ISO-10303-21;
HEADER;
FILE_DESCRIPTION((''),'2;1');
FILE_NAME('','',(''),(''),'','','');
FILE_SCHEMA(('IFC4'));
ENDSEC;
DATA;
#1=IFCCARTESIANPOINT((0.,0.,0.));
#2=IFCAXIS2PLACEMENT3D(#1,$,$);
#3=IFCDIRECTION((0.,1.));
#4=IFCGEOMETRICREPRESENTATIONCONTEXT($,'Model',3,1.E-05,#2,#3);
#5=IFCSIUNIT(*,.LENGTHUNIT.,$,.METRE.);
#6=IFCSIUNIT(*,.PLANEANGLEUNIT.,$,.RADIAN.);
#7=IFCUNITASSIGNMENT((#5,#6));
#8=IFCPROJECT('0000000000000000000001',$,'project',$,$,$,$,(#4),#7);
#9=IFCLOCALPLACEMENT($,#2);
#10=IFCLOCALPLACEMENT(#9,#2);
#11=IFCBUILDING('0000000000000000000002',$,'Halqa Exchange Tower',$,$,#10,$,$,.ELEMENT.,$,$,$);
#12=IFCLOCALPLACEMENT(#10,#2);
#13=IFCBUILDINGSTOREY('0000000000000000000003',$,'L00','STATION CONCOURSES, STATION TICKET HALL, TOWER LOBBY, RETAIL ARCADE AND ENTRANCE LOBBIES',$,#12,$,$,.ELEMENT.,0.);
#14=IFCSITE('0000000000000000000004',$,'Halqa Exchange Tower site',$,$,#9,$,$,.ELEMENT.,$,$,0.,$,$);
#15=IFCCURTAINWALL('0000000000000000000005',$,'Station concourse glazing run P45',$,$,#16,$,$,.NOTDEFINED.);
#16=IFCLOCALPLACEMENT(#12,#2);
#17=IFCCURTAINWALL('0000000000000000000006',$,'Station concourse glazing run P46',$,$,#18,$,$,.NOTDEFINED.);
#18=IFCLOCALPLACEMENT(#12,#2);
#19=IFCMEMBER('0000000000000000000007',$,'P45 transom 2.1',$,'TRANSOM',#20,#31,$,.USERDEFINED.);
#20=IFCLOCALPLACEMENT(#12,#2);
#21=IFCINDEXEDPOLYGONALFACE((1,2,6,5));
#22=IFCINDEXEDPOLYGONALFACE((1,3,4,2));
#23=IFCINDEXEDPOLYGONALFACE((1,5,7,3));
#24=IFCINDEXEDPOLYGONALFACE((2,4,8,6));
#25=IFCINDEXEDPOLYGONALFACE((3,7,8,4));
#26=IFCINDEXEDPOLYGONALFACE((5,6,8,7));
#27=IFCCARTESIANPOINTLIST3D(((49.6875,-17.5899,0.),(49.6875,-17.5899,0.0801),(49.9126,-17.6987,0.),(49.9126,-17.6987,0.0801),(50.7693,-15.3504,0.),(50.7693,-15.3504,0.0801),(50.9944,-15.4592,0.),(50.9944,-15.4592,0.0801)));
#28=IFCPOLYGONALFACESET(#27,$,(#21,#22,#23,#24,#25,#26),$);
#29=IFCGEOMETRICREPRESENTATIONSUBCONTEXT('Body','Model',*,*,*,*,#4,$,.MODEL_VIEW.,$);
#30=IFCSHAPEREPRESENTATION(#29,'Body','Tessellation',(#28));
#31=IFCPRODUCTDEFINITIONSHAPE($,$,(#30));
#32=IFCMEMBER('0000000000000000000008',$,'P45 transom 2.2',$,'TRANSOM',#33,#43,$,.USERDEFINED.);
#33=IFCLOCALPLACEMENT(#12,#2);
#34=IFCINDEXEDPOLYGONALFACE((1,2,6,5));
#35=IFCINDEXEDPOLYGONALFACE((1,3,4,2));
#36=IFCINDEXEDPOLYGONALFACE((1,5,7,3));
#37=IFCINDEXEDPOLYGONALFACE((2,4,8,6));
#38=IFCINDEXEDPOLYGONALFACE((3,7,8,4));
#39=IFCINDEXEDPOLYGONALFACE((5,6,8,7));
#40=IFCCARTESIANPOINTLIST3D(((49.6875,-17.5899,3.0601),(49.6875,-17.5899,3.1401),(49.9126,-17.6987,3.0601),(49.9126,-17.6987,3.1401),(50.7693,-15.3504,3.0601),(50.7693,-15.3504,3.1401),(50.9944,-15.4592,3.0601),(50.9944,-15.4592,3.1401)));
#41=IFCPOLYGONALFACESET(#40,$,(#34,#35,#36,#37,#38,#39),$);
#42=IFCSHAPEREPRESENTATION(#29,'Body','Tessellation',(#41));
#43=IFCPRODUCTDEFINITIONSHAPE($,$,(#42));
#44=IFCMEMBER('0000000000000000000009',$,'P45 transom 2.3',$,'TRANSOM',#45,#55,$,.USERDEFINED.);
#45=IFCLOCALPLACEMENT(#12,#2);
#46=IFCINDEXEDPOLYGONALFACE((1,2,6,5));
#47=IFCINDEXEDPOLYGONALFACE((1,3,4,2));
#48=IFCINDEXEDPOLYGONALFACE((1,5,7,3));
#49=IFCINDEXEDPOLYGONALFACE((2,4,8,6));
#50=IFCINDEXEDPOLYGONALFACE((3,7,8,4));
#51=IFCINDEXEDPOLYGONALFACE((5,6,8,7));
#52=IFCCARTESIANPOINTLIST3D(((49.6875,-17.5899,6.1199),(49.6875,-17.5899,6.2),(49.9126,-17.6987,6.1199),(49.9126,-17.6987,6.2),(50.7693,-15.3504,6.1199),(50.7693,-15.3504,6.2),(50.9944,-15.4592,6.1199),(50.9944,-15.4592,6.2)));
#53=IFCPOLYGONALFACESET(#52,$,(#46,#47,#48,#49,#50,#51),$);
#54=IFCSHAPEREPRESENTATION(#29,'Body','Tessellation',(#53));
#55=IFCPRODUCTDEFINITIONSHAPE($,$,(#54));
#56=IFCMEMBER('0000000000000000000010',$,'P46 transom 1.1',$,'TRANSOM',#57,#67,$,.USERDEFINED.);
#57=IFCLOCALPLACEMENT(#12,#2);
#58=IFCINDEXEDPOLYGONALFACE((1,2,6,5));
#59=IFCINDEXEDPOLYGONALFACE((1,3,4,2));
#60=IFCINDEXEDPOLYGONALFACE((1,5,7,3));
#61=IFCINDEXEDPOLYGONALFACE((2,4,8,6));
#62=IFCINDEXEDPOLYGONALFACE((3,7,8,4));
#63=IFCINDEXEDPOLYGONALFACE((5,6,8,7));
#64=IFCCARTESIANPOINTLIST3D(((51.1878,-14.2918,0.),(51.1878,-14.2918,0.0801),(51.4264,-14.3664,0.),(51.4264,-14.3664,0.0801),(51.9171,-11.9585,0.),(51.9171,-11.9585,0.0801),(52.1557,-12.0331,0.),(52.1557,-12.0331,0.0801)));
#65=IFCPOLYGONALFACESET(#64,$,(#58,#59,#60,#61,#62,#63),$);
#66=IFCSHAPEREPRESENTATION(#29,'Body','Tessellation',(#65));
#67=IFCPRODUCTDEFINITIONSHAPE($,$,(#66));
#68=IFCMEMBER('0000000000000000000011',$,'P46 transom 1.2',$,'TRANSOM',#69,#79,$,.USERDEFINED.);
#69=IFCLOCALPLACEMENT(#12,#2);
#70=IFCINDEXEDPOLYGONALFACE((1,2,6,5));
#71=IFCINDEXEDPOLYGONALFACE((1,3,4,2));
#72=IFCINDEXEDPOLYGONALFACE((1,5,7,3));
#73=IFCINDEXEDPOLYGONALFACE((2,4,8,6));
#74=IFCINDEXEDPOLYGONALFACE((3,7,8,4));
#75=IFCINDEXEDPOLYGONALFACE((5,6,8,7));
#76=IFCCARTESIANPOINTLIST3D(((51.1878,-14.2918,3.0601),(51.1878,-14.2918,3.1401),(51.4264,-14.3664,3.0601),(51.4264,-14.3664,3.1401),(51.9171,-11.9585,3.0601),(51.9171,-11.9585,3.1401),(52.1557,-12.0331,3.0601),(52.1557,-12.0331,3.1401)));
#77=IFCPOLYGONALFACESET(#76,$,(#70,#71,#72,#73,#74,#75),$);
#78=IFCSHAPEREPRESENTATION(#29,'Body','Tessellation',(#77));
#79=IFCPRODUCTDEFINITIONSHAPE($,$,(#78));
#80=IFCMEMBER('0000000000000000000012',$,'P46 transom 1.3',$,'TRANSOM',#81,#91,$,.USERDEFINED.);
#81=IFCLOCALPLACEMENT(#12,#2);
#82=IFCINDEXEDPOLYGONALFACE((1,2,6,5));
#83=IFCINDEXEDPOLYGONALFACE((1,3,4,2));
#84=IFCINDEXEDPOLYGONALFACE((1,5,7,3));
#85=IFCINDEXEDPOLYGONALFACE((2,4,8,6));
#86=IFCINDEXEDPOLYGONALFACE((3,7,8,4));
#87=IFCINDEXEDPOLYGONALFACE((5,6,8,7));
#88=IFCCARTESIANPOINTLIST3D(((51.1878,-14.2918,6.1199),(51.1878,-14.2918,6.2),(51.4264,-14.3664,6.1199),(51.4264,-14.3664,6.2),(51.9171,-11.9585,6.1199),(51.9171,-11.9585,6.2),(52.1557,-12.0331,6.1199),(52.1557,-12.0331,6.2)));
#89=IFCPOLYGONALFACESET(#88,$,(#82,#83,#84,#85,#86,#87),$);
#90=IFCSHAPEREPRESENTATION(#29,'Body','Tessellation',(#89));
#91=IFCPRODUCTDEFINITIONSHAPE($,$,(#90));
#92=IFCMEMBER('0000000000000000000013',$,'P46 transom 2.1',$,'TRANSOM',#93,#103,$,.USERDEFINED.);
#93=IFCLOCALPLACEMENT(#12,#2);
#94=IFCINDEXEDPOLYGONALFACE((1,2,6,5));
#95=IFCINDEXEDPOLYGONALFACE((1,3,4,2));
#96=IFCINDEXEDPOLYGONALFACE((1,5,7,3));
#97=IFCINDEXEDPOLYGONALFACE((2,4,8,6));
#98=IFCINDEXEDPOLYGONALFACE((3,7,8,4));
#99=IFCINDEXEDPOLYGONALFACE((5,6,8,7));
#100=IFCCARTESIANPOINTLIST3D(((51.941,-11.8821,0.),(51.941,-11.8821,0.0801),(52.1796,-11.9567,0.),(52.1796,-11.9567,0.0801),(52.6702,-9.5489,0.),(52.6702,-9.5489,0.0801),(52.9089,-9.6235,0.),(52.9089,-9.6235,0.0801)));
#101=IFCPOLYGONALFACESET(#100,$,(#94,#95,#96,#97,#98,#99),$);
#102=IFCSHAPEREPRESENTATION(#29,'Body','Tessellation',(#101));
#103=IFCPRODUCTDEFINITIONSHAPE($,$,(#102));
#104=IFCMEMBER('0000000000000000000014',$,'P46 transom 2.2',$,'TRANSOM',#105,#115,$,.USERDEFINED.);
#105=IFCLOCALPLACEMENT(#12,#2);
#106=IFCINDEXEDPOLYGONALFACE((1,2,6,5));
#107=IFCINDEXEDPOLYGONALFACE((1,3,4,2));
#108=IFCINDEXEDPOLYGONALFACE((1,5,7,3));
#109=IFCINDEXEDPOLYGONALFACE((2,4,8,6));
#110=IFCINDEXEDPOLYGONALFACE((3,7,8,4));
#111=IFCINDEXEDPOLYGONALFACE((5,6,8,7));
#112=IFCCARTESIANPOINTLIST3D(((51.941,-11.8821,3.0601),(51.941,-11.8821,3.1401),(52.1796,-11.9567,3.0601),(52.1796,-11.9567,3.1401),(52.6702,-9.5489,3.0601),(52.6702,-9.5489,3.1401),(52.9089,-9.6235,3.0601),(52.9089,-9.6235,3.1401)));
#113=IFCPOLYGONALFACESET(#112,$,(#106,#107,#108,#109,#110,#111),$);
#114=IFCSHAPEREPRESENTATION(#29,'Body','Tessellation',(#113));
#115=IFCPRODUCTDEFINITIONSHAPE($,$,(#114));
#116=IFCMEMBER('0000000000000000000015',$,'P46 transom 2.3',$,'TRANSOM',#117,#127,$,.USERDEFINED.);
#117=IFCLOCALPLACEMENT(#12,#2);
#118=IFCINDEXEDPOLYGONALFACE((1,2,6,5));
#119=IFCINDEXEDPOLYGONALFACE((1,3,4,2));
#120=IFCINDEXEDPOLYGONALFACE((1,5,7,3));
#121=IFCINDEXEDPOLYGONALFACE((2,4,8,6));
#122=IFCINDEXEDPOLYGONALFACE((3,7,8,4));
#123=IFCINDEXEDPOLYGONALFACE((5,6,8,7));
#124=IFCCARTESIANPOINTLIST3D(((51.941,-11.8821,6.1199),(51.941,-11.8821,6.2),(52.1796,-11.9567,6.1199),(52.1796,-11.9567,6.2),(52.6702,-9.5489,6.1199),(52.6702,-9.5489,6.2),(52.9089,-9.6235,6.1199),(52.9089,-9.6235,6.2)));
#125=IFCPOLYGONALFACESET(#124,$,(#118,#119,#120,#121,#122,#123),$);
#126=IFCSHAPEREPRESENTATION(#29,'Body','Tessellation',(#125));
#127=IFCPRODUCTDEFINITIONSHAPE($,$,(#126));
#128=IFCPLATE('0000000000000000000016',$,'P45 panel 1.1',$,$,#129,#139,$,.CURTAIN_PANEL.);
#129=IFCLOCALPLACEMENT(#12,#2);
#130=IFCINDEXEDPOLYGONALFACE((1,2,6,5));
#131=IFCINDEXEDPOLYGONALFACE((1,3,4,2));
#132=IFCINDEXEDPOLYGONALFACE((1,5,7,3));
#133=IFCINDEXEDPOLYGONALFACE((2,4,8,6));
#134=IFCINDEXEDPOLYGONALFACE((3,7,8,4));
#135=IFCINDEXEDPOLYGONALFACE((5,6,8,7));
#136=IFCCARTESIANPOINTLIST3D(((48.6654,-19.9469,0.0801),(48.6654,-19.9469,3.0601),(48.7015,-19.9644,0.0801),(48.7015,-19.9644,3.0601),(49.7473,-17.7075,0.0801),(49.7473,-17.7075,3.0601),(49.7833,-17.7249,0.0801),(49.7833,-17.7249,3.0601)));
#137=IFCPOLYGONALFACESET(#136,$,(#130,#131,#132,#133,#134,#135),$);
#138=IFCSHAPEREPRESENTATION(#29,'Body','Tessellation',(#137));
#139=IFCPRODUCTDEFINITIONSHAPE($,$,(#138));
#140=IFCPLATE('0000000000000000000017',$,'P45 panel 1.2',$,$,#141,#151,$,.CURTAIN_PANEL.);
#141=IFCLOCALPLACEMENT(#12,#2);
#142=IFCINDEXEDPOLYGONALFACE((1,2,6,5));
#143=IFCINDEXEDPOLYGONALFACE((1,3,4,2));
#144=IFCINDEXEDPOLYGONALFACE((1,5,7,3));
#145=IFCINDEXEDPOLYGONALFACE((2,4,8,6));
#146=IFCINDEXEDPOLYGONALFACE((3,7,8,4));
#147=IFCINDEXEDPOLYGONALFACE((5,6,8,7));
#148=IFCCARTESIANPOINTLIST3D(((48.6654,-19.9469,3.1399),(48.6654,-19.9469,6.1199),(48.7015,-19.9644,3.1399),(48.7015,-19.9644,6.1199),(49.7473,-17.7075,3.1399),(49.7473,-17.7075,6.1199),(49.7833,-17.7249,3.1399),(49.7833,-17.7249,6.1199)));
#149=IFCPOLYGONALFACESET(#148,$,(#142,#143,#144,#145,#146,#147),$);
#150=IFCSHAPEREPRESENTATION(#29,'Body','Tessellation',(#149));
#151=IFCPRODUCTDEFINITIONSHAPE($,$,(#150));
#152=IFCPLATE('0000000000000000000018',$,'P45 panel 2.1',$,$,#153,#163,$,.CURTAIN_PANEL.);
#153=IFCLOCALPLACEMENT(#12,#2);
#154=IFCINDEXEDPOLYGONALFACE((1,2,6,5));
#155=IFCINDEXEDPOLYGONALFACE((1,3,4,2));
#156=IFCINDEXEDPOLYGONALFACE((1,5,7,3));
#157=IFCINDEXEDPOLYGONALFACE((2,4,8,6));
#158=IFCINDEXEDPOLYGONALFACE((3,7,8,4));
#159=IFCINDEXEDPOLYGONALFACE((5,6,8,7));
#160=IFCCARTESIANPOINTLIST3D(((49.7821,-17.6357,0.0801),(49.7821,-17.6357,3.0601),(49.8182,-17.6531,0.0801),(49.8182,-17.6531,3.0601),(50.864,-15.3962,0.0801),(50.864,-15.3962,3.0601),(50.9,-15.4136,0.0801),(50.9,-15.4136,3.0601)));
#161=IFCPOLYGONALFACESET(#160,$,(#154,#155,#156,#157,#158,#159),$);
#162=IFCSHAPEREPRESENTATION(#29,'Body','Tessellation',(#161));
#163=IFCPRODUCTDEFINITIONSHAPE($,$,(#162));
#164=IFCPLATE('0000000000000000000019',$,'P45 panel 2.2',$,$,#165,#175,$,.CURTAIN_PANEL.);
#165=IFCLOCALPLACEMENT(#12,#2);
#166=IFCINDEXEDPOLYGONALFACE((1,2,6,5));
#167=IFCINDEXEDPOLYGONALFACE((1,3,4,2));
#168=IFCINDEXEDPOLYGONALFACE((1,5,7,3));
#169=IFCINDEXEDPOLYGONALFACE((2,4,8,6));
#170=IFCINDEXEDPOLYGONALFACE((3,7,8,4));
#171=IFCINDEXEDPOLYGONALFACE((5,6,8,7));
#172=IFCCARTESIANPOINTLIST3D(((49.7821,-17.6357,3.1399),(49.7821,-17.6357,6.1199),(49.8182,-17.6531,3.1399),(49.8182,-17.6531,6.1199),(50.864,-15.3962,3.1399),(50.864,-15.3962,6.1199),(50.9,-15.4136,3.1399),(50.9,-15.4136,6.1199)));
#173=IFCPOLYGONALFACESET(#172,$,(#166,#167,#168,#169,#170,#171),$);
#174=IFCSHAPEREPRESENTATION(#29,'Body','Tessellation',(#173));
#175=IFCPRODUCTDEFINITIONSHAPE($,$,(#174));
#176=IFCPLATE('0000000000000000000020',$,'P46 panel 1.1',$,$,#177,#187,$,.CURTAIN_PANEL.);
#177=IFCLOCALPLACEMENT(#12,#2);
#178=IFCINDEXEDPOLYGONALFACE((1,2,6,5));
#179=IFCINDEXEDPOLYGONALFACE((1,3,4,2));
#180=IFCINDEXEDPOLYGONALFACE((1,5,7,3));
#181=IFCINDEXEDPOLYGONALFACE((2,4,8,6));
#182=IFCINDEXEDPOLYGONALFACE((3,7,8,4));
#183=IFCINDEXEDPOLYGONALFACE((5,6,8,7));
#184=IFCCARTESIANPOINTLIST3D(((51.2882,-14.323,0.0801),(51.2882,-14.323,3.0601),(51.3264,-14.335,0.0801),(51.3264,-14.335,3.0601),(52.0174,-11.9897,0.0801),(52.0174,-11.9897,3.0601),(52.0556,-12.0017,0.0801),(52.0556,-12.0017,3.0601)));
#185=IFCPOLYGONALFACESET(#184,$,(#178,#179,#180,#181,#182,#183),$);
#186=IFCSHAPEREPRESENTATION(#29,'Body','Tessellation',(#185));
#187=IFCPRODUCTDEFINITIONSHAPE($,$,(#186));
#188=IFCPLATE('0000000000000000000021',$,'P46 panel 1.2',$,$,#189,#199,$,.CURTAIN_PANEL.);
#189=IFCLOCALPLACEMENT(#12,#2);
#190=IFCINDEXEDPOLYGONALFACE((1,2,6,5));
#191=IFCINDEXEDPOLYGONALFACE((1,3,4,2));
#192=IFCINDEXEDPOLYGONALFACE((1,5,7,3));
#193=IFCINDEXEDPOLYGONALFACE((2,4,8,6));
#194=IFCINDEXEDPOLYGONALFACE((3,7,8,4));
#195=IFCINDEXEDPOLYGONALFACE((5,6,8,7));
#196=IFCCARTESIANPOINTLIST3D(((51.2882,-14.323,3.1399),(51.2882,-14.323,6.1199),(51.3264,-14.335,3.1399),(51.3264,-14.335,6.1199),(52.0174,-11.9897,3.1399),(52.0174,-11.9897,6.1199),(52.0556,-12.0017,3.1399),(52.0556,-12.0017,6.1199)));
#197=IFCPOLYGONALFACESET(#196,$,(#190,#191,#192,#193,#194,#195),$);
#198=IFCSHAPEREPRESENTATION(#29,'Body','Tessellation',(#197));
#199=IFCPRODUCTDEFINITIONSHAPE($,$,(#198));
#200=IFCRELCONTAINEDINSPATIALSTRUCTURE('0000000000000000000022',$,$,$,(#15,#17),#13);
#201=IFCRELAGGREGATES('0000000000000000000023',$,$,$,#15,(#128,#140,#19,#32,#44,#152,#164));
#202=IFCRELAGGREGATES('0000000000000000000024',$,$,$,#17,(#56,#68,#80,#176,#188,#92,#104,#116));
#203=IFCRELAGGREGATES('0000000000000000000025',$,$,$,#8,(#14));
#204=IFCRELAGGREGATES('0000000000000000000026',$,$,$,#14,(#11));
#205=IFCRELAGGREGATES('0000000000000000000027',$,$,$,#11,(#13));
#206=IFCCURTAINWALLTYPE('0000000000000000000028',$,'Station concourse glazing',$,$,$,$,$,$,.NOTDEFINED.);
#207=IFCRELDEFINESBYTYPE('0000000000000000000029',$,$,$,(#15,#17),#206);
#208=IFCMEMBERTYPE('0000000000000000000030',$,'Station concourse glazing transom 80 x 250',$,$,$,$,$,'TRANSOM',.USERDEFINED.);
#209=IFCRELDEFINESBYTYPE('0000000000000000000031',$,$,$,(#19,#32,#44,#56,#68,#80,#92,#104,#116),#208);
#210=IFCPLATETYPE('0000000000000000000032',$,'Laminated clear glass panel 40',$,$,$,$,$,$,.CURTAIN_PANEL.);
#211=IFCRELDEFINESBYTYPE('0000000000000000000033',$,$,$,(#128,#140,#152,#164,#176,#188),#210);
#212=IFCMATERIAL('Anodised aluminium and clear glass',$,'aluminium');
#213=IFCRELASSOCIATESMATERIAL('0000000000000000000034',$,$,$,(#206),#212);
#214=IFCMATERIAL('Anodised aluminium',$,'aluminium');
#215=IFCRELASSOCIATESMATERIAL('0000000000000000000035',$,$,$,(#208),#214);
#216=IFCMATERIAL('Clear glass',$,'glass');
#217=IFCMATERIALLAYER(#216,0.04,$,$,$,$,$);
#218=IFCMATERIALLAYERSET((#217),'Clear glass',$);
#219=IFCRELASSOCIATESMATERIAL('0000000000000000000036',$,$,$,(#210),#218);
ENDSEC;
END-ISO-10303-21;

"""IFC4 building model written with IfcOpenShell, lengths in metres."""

from ifc_helpers import new_model, si_unit, direction, frame, origin, origin_2d, place, context, subcontext, project, spatial, rectangle, extrude, material, layer, layer_set, material_profile, profile_set, type_object, element, aggregate, save


model = new_model("IFC4")

# Units and contexts
model_context = context("Model", 3, precision=1e-05, world=origin(), true_north=direction((0.0, 1.0)))
body_context = subcontext(model_context, "Body", "Model", "MODEL_VIEW")
ifc_project = project(units=[si_unit("LENGTHUNIT", "METRE"), si_unit("PLANEANGLEUNIT", "RADIAN")], contexts=[model_context])

# Site, building, storey
site_placement = place(None, origin())
site = spatial("IfcSite", under=ifc_project, at=site_placement, Name="Halqa Exchange Tower site", CompositionType="ELEMENT", RefElevation=0.0)
building_placement = place(site_placement, origin())
building = spatial("IfcBuilding", under=site, at=building_placement, Name="Halqa Exchange Tower", CompositionType="ELEMENT")
storey_placement = place(building_placement, origin())
storey = spatial("IfcBuildingStorey", under=building, at=storey_placement, Name="L00", Description="STATION CONCOURSES, STATION TICKET HALL, TOWER LOBBY, RETAIL ARCADE AND ENTRANCE LOBBIES", CompositionType="ELEMENT", Elevation=0.0)

# Curtain walls
ifc_material_1 = material(Name="Anodised aluminium and clear glass", Category="aluminium")
curtain_wall_type = type_object("IfcCurtainWallType", Name="Station concourse glazing", PredefinedType="NOTDEFINED", material=ifc_material_1)
curtain_wall_1_placement = place(storey_placement, origin())
curtain_wall_1 = element("IfcCurtainWall", 1, at=curtain_wall_1_placement, inside=storey, type_object=curtain_wall_type, Name="Station concourse glazing run P45", PredefinedType="NOTDEFINED")
ifc_material_2 = material(Name="Anodised aluminium", Category="aluminium")
curtain_wall_2_placement = place(storey_placement, origin())
curtain_wall_2 = element("IfcCurtainWall", 2, at=curtain_wall_2_placement, inside=storey, type_object=curtain_wall_type, Name="Station concourse glazing run P46", PredefinedType="NOTDEFINED")

# Members
ifc_material_profile_1 = material_profile(ifc_material_2, rectangle(XDim=0.25, YDim=0.0801, at=origin_2d()), Name="AL 80x250")
ifc_profile_set_1 = profile_set([ifc_material_profile_1], Name="Anodised aluminium")
member_type_1 = type_object("IfcMemberType", Name="Station concourse glazing transom 80 x 250", ElementType="TRANSOM", PredefinedType="USERDEFINED", material=ifc_profile_set_1)
member_1_placement = place(storey_placement, frame((49.8, -17.6443, 0.04), z_axis=(0.43496, 0.90045, 0.0), x_axis=(-0.90045, 0.43496, 0.0)))
member_1 = element("IfcMember", 3, at=member_1_placement, type_object=member_type_1, Name="P45 transom 2.1", ObjectType="TRANSOM", PredefinedType="USERDEFINED", context=body_context, shape_type="SweptSolid", body=[
    extrude(rectangle(XDim=0.25, YDim=0.0801, at=origin_2d()), origin(), (0.0, 0.0, 1.0), 2.4871),
])
member_2_placement = place(storey_placement, frame((49.8, -17.6443, 3.1001), z_axis=(0.43496, 0.90045, 0.0), x_axis=(-0.90045, 0.43496, 0.0)))
member_2 = element("IfcMember", 4, at=member_2_placement, type_object=member_type_1, Name="P45 transom 2.2", ObjectType="TRANSOM", PredefinedType="USERDEFINED", context=body_context, shape_type="SweptSolid", body=[
    extrude(rectangle(XDim=0.25, YDim=0.0801, at=origin_2d()), origin(), (0.0, 0.0, 1.0), 2.4871),
])
member_3_placement = place(storey_placement, frame((49.8, -17.6443, 6.1599), z_axis=(0.43496, 0.90045, 0.0), x_axis=(-0.90045, 0.43496, 0.0)))
member_3 = element("IfcMember", 5, at=member_3_placement, type_object=member_type_1, Name="P45 transom 2.3", ObjectType="TRANSOM", PredefinedType="USERDEFINED", context=body_context, shape_type="SweptSolid", body=[
    extrude(rectangle(XDim=0.25, YDim=0.0801, at=origin_2d()), origin(), (0.0, 0.0, 1.0), 2.4871),
])
member_4_placement = place(storey_placement, frame((51.3071, -14.3291, 0.04), z_axis=(0.298315, 0.954468, 0.0), x_axis=(-0.954468, 0.298315, 0.0)))
member_4 = element("IfcMember", 6, at=member_4_placement, type_object=member_type_1, Name="P46 transom 1.1", ObjectType="TRANSOM", PredefinedType="USERDEFINED", context=body_context, shape_type="SweptSolid", body=[
    extrude(rectangle(XDim=0.25, YDim=0.0801, at=origin_2d()), origin(), (0.0, 0.0, 1.0), 2.4446),
])
member_5_placement = place(storey_placement, frame((51.3071, -14.3291, 3.1001), z_axis=(0.298315, 0.954468, 0.0), x_axis=(-0.954468, 0.298315, 0.0)))
member_5 = element("IfcMember", 7, at=member_5_placement, type_object=member_type_1, Name="P46 transom 1.2", ObjectType="TRANSOM", PredefinedType="USERDEFINED", context=body_context, shape_type="SweptSolid", body=[
    extrude(rectangle(XDim=0.25, YDim=0.0801, at=origin_2d()), origin(), (0.0, 0.0, 1.0), 2.4446),
])
member_6_placement = place(storey_placement, frame((51.3071, -14.3291, 6.1599), z_axis=(0.298315, 0.954468, 0.0), x_axis=(-0.954468, 0.298315, 0.0)))
member_6 = element("IfcMember", 8, at=member_6_placement, type_object=member_type_1, Name="P46 transom 1.3", ObjectType="TRANSOM", PredefinedType="USERDEFINED", context=body_context, shape_type="SweptSolid", body=[
    extrude(rectangle(XDim=0.25, YDim=0.0801, at=origin_2d()), origin(), (0.0, 0.0, 1.0), 2.4446),
])
member_7_placement = place(storey_placement, frame((52.0603, -11.9194, 0.04), z_axis=(0.298315, 0.954468, 0.0), x_axis=(-0.954468, 0.298315, 0.0)))
member_7 = element("IfcMember", 9, at=member_7_placement, type_object=member_type_1, Name="P46 transom 2.1", ObjectType="TRANSOM", PredefinedType="USERDEFINED", context=body_context, shape_type="SweptSolid", body=[
    extrude(rectangle(XDim=0.25, YDim=0.0801, at=origin_2d()), origin(), (0.0, 0.0, 1.0), 2.4446),
])
member_8_placement = place(storey_placement, frame((52.0603, -11.9194, 3.1001), z_axis=(0.298315, 0.954468, 0.0), x_axis=(-0.954468, 0.298315, 0.0)))
member_8 = element("IfcMember", 10, at=member_8_placement, type_object=member_type_1, Name="P46 transom 2.2", ObjectType="TRANSOM", PredefinedType="USERDEFINED", context=body_context, shape_type="SweptSolid", body=[
    extrude(rectangle(XDim=0.25, YDim=0.0801, at=origin_2d()), origin(), (0.0, 0.0, 1.0), 2.4446),
])
member_9_placement = place(storey_placement, frame((52.0603, -11.9194, 6.1599), z_axis=(0.298315, 0.954468, 0.0), x_axis=(-0.954468, 0.298315, 0.0)))
member_9 = element("IfcMember", 11, at=member_9_placement, type_object=member_type_1, Name="P46 transom 2.3", ObjectType="TRANSOM", PredefinedType="USERDEFINED", context=body_context, shape_type="SweptSolid", body=[
    extrude(rectangle(XDim=0.25, YDim=0.0801, at=origin_2d()), origin(), (0.0, 0.0, 1.0), 2.4446),
])

# Plates
ifc_material_3 = material(Name="Clear glass", Category="glass")
ifc_layer_1 = layer(ifc_material_3, 0.04)
ifc_layer_set_1 = layer_set([ifc_layer_1], Name="Clear glass")
plate_type = type_object("IfcPlateType", Name="Laminated clear glass panel 40", PredefinedType="CURTAIN_PANEL", material=ifc_layer_set_1)
plate_1_placement = place(storey_placement, frame((49.2244, -18.8359, 0.0801), z_axis=(0.0, 0.0, 1.0), x_axis=(0.43499, 0.900435, 0.0)))
plate_1 = element("IfcPlate", 12, at=plate_1_placement, type_object=plate_type, Name="P45 panel 1.1", PredefinedType="CURTAIN_PANEL", context=body_context, shape_type="SweptSolid", body=[
    extrude(rectangle(XDim=2.4871, YDim=0.04, at=origin_2d()), origin(), (0.0, 0.0, 1.0), 2.98),
])
plate_2_placement = place(storey_placement, frame((49.2244, -18.8359, 3.1399), z_axis=(0.0, 0.0, 1.0), x_axis=(0.43499, 0.900435, 0.0)))
plate_2 = element("IfcPlate", 13, at=plate_2_placement, type_object=plate_type, Name="P45 panel 1.2", PredefinedType="CURTAIN_PANEL", context=body_context, shape_type="SweptSolid", body=[
    extrude(rectangle(XDim=2.4871, YDim=0.04, at=origin_2d()), origin(), (0.0, 0.0, 1.0), 2.98),
])
plate_3_placement = place(storey_placement, frame((50.3411, -16.5247, 0.0801), z_axis=(0.0, 0.0, 1.0), x_axis=(0.43499, 0.900435, 0.0)))
plate_3 = element("IfcPlate", 14, at=plate_3_placement, type_object=plate_type, Name="P45 panel 2.1", PredefinedType="CURTAIN_PANEL", context=body_context, shape_type="SweptSolid", body=[
    extrude(rectangle(XDim=2.4871, YDim=0.04, at=origin_2d()), origin(), (0.0, 0.0, 1.0), 2.98),
])
plate_4_placement = place(storey_placement, frame((50.3411, -16.5247, 3.1399), z_axis=(0.0, 0.0, 1.0), x_axis=(0.43499, 0.900435, 0.0)))
plate_4 = element("IfcPlate", 15, at=plate_4_placement, type_object=plate_type, Name="P45 panel 2.2", PredefinedType="CURTAIN_PANEL", context=body_context, shape_type="SweptSolid", body=[
    extrude(rectangle(XDim=2.4871, YDim=0.04, at=origin_2d()), origin(), (0.0, 0.0, 1.0), 2.98),
])
aggregate(curtain_wall_1, [plate_1, plate_2, member_1, member_2, member_3, plate_3, plate_4])
plate_5_placement = place(storey_placement, frame((51.6719, -13.1624, 0.0801), z_axis=(0.0, 0.0, 1.0), x_axis=(0.298303, 0.954471, 0.0)))
plate_5 = element("IfcPlate", 16, at=plate_5_placement, type_object=plate_type, Name="P46 panel 1.1", PredefinedType="CURTAIN_PANEL", context=body_context, shape_type="SweptSolid", body=[
    extrude(rectangle(XDim=2.4446, YDim=0.04, at=origin_2d()), origin(), (0.0, 0.0, 1.0), 2.98),
])
plate_6_placement = place(storey_placement, frame((51.6719, -13.1624, 3.1399), z_axis=(0.0, 0.0, 1.0), x_axis=(0.298303, 0.954471, 0.0)))
plate_6 = element("IfcPlate", 17, at=plate_6_placement, type_object=plate_type, Name="P46 panel 1.2", PredefinedType="CURTAIN_PANEL", context=body_context, shape_type="SweptSolid", body=[
    extrude(rectangle(XDim=2.4446, YDim=0.04, at=origin_2d()), origin(), (0.0, 0.0, 1.0), 2.98),
])
aggregate(curtain_wall_2, [member_4, member_5, member_6, plate_5, plate_6, member_7, member_8, member_9])

save(model, "model.ifc")
